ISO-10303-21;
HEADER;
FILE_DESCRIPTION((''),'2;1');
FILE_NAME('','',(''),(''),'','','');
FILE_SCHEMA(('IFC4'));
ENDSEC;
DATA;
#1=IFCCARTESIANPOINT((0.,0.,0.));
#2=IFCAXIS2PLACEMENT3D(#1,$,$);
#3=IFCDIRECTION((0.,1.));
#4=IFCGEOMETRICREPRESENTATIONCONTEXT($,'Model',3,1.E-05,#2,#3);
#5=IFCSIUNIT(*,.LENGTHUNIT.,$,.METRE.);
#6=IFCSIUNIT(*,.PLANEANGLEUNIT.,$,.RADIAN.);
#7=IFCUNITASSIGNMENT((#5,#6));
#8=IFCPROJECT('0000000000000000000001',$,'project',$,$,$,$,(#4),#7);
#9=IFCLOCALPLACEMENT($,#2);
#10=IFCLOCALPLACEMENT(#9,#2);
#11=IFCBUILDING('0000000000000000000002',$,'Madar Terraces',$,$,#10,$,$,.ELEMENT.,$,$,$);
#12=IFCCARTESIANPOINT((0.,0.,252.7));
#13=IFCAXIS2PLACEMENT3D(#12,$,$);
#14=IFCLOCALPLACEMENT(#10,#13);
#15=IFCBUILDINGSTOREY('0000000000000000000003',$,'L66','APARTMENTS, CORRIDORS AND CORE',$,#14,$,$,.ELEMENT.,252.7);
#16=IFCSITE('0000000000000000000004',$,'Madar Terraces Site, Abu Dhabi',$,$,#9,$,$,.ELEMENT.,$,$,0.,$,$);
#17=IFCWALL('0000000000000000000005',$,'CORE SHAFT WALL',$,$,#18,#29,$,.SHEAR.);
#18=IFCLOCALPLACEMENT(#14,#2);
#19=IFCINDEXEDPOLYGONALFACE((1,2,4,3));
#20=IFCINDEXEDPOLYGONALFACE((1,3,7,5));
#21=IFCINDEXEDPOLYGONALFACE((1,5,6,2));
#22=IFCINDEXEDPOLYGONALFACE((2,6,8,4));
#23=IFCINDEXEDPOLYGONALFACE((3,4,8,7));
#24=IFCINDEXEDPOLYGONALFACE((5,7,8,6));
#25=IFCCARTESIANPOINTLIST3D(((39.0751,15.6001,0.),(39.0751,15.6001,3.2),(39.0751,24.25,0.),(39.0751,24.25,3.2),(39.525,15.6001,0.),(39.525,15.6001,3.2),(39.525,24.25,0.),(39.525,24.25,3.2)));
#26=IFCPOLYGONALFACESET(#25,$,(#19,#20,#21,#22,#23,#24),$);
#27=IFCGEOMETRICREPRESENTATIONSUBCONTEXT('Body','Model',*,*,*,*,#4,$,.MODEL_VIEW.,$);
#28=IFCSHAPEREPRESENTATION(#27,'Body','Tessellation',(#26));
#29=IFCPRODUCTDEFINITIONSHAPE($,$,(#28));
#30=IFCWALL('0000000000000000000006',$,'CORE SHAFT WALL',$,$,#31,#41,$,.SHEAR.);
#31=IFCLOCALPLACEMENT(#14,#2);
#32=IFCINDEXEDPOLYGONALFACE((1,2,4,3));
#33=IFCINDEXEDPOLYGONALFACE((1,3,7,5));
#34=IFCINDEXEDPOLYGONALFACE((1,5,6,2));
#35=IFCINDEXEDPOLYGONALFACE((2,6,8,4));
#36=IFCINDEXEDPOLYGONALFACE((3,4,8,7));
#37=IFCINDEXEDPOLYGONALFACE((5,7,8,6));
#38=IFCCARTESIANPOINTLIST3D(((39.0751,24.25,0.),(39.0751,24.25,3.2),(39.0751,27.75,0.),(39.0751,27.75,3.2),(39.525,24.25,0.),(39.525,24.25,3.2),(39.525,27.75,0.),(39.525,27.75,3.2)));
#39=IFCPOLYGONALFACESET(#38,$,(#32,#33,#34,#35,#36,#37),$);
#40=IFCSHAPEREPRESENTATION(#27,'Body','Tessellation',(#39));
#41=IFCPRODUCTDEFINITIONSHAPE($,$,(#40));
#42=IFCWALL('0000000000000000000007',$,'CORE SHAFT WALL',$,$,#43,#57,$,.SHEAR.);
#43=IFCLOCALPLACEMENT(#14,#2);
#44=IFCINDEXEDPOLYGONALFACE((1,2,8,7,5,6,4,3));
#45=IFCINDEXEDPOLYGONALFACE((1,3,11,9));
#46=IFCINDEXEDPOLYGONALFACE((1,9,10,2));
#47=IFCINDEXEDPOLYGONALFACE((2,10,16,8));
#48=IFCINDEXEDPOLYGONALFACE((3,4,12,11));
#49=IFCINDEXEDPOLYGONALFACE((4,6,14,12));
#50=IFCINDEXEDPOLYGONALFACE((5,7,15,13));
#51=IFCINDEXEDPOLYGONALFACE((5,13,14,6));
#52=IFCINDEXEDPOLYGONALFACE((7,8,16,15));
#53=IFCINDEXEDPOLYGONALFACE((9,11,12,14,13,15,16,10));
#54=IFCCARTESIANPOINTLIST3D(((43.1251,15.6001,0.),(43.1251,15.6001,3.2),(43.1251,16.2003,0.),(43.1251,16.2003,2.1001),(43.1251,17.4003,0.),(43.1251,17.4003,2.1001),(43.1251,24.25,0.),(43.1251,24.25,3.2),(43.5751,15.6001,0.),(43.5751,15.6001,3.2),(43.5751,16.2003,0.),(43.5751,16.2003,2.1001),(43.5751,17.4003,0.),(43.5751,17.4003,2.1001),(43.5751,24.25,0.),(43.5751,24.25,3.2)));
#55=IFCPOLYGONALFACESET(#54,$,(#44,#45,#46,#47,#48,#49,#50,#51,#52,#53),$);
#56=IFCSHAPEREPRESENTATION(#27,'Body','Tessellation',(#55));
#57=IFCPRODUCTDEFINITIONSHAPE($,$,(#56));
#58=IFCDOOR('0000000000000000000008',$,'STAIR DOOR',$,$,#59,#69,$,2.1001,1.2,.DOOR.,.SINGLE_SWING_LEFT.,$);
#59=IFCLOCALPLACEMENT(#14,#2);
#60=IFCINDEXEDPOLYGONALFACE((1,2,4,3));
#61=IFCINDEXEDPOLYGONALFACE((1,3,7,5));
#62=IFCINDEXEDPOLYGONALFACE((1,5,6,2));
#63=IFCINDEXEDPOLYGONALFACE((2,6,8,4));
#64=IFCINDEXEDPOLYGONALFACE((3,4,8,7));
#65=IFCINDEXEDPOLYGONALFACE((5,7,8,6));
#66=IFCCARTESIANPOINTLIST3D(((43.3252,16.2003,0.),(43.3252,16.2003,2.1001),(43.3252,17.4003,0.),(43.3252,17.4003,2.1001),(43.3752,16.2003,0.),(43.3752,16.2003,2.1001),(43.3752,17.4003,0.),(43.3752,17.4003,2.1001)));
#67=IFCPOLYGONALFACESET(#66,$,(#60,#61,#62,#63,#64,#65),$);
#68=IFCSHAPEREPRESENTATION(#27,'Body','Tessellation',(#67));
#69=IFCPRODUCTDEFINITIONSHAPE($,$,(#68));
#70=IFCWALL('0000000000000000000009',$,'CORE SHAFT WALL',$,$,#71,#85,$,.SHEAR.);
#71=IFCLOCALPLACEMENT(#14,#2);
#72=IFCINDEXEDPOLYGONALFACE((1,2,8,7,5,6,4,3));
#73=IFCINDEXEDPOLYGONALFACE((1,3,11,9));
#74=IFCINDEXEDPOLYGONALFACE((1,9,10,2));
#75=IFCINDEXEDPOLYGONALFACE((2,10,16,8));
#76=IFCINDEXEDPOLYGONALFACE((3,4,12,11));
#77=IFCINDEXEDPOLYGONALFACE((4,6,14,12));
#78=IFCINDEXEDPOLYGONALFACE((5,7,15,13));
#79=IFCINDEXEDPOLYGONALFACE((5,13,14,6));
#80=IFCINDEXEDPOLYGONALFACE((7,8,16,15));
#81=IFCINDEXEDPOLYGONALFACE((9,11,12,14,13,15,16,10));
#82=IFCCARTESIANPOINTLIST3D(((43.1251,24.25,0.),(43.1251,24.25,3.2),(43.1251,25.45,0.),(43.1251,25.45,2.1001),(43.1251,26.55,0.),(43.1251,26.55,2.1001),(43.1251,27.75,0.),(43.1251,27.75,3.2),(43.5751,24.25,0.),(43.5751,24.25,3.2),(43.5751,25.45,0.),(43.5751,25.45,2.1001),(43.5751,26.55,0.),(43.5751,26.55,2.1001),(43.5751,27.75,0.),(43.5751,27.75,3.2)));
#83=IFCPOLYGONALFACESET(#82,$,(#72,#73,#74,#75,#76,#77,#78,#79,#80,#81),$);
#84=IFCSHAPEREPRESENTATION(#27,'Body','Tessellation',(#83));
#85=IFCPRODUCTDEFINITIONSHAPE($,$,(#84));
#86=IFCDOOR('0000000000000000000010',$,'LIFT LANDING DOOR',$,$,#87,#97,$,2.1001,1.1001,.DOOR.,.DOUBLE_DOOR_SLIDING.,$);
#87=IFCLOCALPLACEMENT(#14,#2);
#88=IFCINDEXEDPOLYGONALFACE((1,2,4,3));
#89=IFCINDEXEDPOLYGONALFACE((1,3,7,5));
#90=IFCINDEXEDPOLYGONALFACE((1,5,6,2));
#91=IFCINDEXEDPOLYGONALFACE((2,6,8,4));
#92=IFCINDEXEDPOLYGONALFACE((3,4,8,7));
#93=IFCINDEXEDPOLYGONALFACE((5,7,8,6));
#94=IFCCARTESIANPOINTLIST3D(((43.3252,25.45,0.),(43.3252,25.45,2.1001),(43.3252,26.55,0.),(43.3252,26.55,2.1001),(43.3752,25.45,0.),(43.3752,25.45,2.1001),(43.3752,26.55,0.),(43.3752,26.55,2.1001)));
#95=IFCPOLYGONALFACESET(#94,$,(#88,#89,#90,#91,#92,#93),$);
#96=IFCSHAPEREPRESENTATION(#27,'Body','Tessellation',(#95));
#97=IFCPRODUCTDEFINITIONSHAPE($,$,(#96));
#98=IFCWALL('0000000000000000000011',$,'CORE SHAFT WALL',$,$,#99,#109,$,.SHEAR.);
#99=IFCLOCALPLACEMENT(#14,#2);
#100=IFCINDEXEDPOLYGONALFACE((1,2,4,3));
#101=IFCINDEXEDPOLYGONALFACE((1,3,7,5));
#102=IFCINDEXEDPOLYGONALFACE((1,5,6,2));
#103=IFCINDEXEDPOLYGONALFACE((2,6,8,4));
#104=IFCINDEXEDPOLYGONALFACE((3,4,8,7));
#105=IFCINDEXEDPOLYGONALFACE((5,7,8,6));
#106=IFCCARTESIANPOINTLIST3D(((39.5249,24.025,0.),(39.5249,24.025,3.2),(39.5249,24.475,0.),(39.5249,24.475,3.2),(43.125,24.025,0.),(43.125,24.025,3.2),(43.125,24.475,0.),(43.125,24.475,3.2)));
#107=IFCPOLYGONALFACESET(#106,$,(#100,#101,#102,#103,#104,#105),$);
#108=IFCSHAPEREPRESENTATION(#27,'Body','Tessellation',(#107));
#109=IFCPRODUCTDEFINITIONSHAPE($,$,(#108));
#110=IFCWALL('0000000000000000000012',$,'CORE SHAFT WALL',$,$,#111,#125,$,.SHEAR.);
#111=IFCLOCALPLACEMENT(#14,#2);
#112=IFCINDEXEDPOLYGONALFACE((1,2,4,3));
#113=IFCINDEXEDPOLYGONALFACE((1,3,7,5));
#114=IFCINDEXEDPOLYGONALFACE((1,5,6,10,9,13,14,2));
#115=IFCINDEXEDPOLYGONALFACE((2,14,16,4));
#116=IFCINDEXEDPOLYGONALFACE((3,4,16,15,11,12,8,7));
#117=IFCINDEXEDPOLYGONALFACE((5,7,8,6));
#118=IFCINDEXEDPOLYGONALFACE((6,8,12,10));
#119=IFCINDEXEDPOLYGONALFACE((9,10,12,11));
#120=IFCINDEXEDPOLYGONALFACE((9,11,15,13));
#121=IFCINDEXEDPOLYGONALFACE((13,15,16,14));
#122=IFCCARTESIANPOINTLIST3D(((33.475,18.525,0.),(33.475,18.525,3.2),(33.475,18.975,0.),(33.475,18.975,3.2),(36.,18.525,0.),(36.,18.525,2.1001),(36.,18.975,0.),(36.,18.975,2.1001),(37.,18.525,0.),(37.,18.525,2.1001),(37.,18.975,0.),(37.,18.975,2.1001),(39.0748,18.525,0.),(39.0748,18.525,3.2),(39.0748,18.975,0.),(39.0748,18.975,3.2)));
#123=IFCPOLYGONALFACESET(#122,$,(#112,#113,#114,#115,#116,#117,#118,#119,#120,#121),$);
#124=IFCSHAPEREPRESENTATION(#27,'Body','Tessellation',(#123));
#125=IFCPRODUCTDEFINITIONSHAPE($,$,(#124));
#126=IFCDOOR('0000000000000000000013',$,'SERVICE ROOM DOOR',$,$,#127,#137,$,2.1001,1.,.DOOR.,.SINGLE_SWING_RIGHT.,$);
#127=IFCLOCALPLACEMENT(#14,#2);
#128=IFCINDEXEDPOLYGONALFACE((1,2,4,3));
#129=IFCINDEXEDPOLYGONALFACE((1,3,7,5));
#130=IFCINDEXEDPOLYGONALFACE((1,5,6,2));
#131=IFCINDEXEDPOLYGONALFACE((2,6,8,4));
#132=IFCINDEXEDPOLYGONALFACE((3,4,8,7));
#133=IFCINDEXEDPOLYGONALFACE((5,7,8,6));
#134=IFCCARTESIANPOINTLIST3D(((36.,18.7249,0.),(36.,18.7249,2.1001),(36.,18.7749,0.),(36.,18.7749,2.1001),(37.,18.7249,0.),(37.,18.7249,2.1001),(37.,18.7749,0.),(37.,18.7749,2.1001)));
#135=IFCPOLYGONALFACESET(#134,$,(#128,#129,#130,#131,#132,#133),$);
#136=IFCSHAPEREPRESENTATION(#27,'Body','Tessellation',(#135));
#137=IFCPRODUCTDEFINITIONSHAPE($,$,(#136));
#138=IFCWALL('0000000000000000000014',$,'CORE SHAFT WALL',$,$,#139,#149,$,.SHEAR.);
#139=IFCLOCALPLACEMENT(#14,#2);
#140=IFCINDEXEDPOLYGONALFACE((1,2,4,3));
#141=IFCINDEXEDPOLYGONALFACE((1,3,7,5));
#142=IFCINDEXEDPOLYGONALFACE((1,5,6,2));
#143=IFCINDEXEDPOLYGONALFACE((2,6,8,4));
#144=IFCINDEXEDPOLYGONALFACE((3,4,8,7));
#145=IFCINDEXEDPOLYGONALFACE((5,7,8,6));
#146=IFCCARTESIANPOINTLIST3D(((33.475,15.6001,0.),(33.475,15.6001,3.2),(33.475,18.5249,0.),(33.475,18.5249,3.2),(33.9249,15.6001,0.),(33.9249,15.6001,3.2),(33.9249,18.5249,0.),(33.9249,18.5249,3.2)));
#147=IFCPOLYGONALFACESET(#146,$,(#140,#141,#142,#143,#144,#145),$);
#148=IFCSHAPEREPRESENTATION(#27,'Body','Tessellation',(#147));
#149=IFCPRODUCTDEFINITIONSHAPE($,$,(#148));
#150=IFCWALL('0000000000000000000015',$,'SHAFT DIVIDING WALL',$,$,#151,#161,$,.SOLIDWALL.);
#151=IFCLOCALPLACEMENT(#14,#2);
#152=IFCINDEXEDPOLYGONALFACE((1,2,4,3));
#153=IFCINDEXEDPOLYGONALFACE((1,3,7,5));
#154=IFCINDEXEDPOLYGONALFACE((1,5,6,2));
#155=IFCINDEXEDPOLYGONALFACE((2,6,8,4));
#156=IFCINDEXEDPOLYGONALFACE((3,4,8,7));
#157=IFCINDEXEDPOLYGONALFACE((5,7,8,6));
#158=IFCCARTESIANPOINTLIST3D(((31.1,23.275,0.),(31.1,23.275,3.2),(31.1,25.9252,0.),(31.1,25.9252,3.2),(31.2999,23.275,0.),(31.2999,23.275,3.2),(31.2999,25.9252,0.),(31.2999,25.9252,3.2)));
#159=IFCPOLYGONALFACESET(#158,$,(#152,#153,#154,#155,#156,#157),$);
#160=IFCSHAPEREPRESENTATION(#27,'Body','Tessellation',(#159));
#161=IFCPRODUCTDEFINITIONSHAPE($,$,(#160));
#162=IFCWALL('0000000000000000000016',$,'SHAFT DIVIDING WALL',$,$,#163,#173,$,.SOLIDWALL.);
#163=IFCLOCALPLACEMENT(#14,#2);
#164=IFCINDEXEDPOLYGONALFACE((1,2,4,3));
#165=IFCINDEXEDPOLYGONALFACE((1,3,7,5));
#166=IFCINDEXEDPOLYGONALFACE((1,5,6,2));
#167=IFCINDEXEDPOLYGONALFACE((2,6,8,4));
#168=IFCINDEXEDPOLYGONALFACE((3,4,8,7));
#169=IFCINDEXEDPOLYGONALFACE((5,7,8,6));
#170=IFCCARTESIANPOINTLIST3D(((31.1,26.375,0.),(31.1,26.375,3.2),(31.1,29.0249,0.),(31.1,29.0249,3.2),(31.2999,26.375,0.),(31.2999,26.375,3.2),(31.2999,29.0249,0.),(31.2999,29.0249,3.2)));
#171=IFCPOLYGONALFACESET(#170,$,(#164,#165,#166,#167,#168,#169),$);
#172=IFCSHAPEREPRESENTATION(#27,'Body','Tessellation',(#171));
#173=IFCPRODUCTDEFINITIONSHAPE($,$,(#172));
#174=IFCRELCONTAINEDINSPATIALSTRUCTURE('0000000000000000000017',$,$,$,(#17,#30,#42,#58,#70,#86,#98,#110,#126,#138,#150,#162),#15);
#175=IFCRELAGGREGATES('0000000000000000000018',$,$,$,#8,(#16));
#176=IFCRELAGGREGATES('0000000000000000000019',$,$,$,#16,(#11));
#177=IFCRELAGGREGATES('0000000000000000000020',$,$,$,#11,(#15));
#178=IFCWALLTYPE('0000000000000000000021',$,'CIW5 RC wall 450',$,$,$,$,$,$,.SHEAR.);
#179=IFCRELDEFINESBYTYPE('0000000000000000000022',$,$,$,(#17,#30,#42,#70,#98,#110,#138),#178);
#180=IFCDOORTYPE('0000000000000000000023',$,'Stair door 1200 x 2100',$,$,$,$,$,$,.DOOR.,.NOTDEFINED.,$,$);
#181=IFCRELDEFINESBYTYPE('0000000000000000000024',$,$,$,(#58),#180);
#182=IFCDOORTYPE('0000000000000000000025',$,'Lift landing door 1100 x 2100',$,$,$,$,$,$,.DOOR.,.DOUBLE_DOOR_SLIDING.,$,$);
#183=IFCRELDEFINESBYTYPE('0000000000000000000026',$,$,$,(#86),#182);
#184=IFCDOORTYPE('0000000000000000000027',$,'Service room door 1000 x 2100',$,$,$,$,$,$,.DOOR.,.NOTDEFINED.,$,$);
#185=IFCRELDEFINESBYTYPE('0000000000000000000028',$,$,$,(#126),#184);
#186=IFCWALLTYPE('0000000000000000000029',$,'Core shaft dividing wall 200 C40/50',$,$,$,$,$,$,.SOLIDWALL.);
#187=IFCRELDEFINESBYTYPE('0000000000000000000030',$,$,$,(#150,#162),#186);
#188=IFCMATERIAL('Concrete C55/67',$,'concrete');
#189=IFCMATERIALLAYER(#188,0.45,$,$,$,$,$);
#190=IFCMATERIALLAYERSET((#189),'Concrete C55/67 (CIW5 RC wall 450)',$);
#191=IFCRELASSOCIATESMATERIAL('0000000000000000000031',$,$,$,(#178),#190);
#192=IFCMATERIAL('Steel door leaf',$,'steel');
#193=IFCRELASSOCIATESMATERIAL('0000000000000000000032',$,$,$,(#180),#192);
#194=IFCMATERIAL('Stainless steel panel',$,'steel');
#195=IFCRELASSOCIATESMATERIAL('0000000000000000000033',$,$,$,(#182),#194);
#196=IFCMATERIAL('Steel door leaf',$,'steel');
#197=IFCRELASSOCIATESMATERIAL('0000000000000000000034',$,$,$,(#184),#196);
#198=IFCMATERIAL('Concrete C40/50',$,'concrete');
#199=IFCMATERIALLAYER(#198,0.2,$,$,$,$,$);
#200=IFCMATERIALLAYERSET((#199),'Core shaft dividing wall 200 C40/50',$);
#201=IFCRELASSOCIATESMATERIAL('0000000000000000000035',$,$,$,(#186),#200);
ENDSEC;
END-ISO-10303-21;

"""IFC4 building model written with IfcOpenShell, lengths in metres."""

from ifc_helpers import new_model, si_unit, direction, frame, frame_2d, origin, place, context, subcontext, project, spatial, rectangle, extrude, material, layer, layer_set, type_object, element, fill, save


model = new_model("IFC4")

# Units and contexts
model_context = context("Model", 3, precision=1e-05, world=origin(), true_north=direction((0.0, 1.0)))
body_context = subcontext(model_context, "Body", "Model", "MODEL_VIEW")
ifc_project = project(units=[si_unit("LENGTHUNIT", "METRE"), si_unit("PLANEANGLEUNIT", "RADIAN")], contexts=[model_context])

# Site, building, storey
site_placement = place(None, origin())
site = spatial("IfcSite", under=ifc_project, at=site_placement, Name="Madar Terraces Site, Abu Dhabi", CompositionType="ELEMENT", RefElevation=0.0)
building_placement = place(site_placement, origin())
building = spatial("IfcBuilding", under=site, at=building_placement, Name="Madar Terraces", CompositionType="ELEMENT")
storey_placement = place(building_placement, frame((0.0, 0.0, 252.7)))
storey = spatial("IfcBuildingStorey", under=building, at=storey_placement, Name="L66", Description="APARTMENTS, CORRIDORS AND CORE", CompositionType="ELEMENT", Elevation=252.7)

# Walls
ifc_material_1 = material(Name="Concrete C55/67", Category="concrete")
ifc_layer_1 = layer(ifc_material_1, 0.45)
ifc_layer_set_1 = layer_set([ifc_layer_1], Name="Concrete C55/67 (CIW5 RC wall 450)")
wall_type_1 = type_object("IfcWallType", Name="CIW5 RC wall 450", PredefinedType="SHEAR", material=ifc_layer_set_1)
wall_1_placement = place(storey_placement, frame((39.3, 15.6001, 0.0), z_axis=(0.0, 0.0, 1.0), x_axis=(0.0, 1.0, 0.0)))
element("IfcWall", 1, at=wall_1_placement, inside=storey, type_object=wall_type_1, Name="CORE SHAFT WALL", PredefinedType="SHEAR", context=body_context, shape_type="SweptSolid", body=[
    extrude(rectangle(XDim=8.6499, YDim=0.45, at=frame_2d((4.325, 0.0))), origin(), (0.0, 0.0, 1.0), 3.2),
])
wall_2_placement = place(storey_placement, frame((39.3, 24.25, 0.0), z_axis=(0.0, 0.0, 1.0), x_axis=(0.0, 1.0, 0.0)))
element("IfcWall", 2, at=wall_2_placement, inside=storey, type_object=wall_type_1, Name="CORE SHAFT WALL", PredefinedType="SHEAR", context=body_context, shape_type="SweptSolid", body=[
    extrude(rectangle(XDim=3.5, YDim=0.45, at=frame_2d((1.75, 0.0))), origin(), (0.0, 0.0, 1.0), 3.2),
])

# Walls, openings, doors
wall_3_placement = place(storey_placement, frame((43.3501, 15.6001, 0.0), z_axis=(0.0, 0.0, 1.0), x_axis=(0.0, 1.0, 0.0)))
wall_3 = element("IfcWall", 3, at=wall_3_placement, inside=storey, type_object=wall_type_1, Name="CORE SHAFT WALL", PredefinedType="SHEAR", context=body_context, shape_type="SweptSolid", body=[
    extrude(rectangle(XDim=8.6499, YDim=0.45, at=frame_2d((4.325, 0.0))), origin(), (0.0, 0.0, 1.0), 3.2),
])
opening_1_placement = place(wall_3_placement, frame((0.6001, 0.0, 0.0)))
opening_1 = element("IfcOpeningElement", 4, at=opening_1_placement, cuts=wall_3, PredefinedType="OPENING", context=body_context, shape_type="SweptSolid", body=[
    extrude(rectangle(XDim=1.2, YDim=2.1001, at=frame_2d((0.6001, 1.05))), frame((0.0, 0.2349, 0.0), z_axis=(0.0, -1.0, 0.0), x_axis=(1.0, 0.0, 0.0)), (0.0, 0.0, 1.0), 0.47),
])
ifc_material_2 = material(Name="Steel door leaf", Category="steel")
door_type_1 = type_object("IfcDoorType", Name="Stair door 1200 x 2100", OperationType="NOTDEFINED", PredefinedType="DOOR", material=ifc_material_2)
door_1_placement = place(opening_1_placement, origin())
door_1 = element("IfcDoor", 5, at=door_1_placement, inside=storey, type_object=door_type_1, Name="STAIR DOOR", OperationType="SINGLE_SWING_LEFT", OverallHeight=2.1001, OverallWidth=1.2, PredefinedType="DOOR", context=body_context, shape_type="SweptSolid", body=[
    extrude(rectangle(XDim=1.2, YDim=2.1001, at=frame_2d((0.6001, 1.05))), frame((0.0, 0.0249, 0.0), z_axis=(0.0, -1.0, 0.0), x_axis=(1.0, 0.0, 0.0)), (0.0, 0.0, 1.0), 0.05),
])
fill(opening_1, door_1)
wall_4_placement = place(storey_placement, frame((43.3501, 24.25, 0.0), z_axis=(0.0, 0.0, 1.0), x_axis=(0.0, 1.0, 0.0)))
wall_4 = element("IfcWall", 6, at=wall_4_placement, inside=storey, type_object=wall_type_1, Name="CORE SHAFT WALL", PredefinedType="SHEAR", context=body_context, shape_type="SweptSolid", body=[
    extrude(rectangle(XDim=3.5, YDim=0.45, at=frame_2d((1.75, 0.0))), origin(), (0.0, 0.0, 1.0), 3.2),
])
opening_2_placement = place(wall_4_placement, frame((1.2, 0.0, 0.0)))
opening_2 = element("IfcOpeningElement", 7, at=opening_2_placement, cuts=wall_4, PredefinedType="OPENING", context=body_context, shape_type="SweptSolid", body=[
    extrude(rectangle(XDim=1.1001, YDim=2.1001, at=frame_2d((0.55, 1.05))), frame((0.0, 0.2349, 0.0), z_axis=(0.0, -1.0, 0.0), x_axis=(1.0, 0.0, 0.0)), (0.0, 0.0, 1.0), 0.47),
])
ifc_material_3 = material(Name="Stainless steel panel", Category="steel")
door_type_2 = type_object("IfcDoorType", Name="Lift landing door 1100 x 2100", OperationType="DOUBLE_DOOR_SLIDING", PredefinedType="DOOR", material=ifc_material_3)
door_2_placement = place(opening_2_placement, origin())
door_2 = element("IfcDoor", 8, at=door_2_placement, inside=storey, type_object=door_type_2, Name="LIFT LANDING DOOR", OperationType="DOUBLE_DOOR_SLIDING", OverallHeight=2.1001, OverallWidth=1.1001, PredefinedType="DOOR", context=body_context, shape_type="SweptSolid", body=[
    extrude(rectangle(XDim=1.1001, YDim=2.1001, at=frame_2d((0.55, 1.05))), frame((0.0, 0.0249, 0.0), z_axis=(0.0, -1.0, 0.0), x_axis=(1.0, 0.0, 0.0)), (0.0, 0.0, 1.0), 0.05),
])
fill(opening_2, door_2)

# Wall
wall_5_placement = place(storey_placement, frame((39.5249, 24.25, 0.0), z_axis=(0.0, 0.0, 1.0), x_axis=(1.0, 0.0, 0.0)))
element("IfcWall", 9, at=wall_5_placement, inside=storey, type_object=wall_type_1, Name="CORE SHAFT WALL", PredefinedType="SHEAR", context=body_context, shape_type="SweptSolid", body=[
    extrude(rectangle(XDim=3.6001, YDim=0.45, at=frame_2d((1.8, 0.0))), origin(), (0.0, 0.0, 1.0), 3.2),
])

# Wall, opening, door
wall_6_placement = place(storey_placement, frame((33.4751, 18.75, 0.0), z_axis=(0.0, 0.0, 1.0), x_axis=(1.0, 0.0, 0.0)))
wall_6 = element("IfcWall", 10, at=wall_6_placement, inside=storey, type_object=wall_type_1, Name="CORE SHAFT WALL", PredefinedType="SHEAR", context=body_context, shape_type="SweptSolid", body=[
    extrude(rectangle(XDim=5.5999, YDim=0.45, at=frame_2d((2.7998, 0.0))), origin(), (0.0, 0.0, 1.0), 3.2),
])
opening_3_placement = place(wall_6_placement, frame((2.5249, 0.0, 0.0)))
opening_3 = element("IfcOpeningElement", 11, at=opening_3_placement, cuts=wall_6, PredefinedType="OPENING", context=body_context, shape_type="SweptSolid", body=[
    extrude(rectangle(XDim=1.0, YDim=2.1001, at=frame_2d((0.5, 1.05))), frame((0.0, 0.2349, 0.0), z_axis=(0.0, -1.0, 0.0), x_axis=(1.0, 0.0, 0.0)), (0.0, 0.0, 1.0), 0.47),
])
ifc_material_4 = material(Name="Steel door leaf", Category="steel")
door_type_3 = type_object("IfcDoorType", Name="Service room door 1000 x 2100", OperationType="NOTDEFINED", PredefinedType="DOOR", material=ifc_material_4)
door_3_placement = place(opening_3_placement, origin())
door_3 = element("IfcDoor", 12, at=door_3_placement, inside=storey, type_object=door_type_3, Name="SERVICE ROOM DOOR", OperationType="SINGLE_SWING_RIGHT", OverallHeight=2.1001, OverallWidth=1.0, PredefinedType="DOOR", context=body_context, shape_type="SweptSolid", body=[
    extrude(rectangle(XDim=1.0, YDim=2.1001, at=frame_2d((0.5, 1.05))), frame((0.0, 0.0249, 0.0), z_axis=(0.0, -1.0, 0.0), x_axis=(1.0, 0.0, 0.0)), (0.0, 0.0, 1.0), 0.05),
])
fill(opening_3, door_3)

# Walls
wall_7_placement = place(storey_placement, frame((33.7, 15.6001, 0.0), z_axis=(0.0, 0.0, 1.0), x_axis=(0.0, 1.0, 0.0)))
element("IfcWall", 13, at=wall_7_placement, inside=storey, type_object=wall_type_1, Name="CORE SHAFT WALL", PredefinedType="SHEAR", context=body_context, shape_type="SweptSolid", body=[
    extrude(rectangle(XDim=2.9248, YDim=0.45, at=frame_2d((1.4624, 0.0))), origin(), (0.0, 0.0, 1.0), 3.2),
])
ifc_material_5 = material(Name="Concrete C40/50", Category="concrete")
ifc_layer_2 = layer(ifc_material_5, 0.2)
ifc_layer_set_2 = layer_set([ifc_layer_2], Name="Core shaft dividing wall 200 C40/50")
wall_type_2 = type_object("IfcWallType", Name="Core shaft dividing wall 200 C40/50", PredefinedType="SOLIDWALL", material=ifc_layer_set_2)
wall_8_placement = place(storey_placement, frame((31.2, 23.2749, 0.0), z_axis=(0.0, 0.0, 1.0), x_axis=(0.0, 1.0, 0.0)))
element("IfcWall", 14, at=wall_8_placement, inside=storey, type_object=wall_type_2, Name="SHAFT DIVIDING WALL", PredefinedType="SOLIDWALL", context=body_context, shape_type="SweptSolid", body=[
    extrude(rectangle(XDim=2.6501, YDim=0.2, at=frame_2d((1.3252, 0.0))), origin(), (0.0, 0.0, 1.0), 3.2),
])
wall_9_placement = place(storey_placement, frame((31.2, 26.375, 0.0), z_axis=(0.0, 0.0, 1.0), x_axis=(0.0, 1.0, 0.0)))
element("IfcWall", 15, at=wall_9_placement, inside=storey, type_object=wall_type_2, Name="SHAFT DIVIDING WALL", PredefinedType="SOLIDWALL", context=body_context, shape_type="SweptSolid", body=[
    extrude(rectangle(XDim=2.6499, YDim=0.2, at=frame_2d((1.325, 0.0))), origin(), (0.0, 0.0, 1.0), 3.2),
])

save(model, "model.ifc")
